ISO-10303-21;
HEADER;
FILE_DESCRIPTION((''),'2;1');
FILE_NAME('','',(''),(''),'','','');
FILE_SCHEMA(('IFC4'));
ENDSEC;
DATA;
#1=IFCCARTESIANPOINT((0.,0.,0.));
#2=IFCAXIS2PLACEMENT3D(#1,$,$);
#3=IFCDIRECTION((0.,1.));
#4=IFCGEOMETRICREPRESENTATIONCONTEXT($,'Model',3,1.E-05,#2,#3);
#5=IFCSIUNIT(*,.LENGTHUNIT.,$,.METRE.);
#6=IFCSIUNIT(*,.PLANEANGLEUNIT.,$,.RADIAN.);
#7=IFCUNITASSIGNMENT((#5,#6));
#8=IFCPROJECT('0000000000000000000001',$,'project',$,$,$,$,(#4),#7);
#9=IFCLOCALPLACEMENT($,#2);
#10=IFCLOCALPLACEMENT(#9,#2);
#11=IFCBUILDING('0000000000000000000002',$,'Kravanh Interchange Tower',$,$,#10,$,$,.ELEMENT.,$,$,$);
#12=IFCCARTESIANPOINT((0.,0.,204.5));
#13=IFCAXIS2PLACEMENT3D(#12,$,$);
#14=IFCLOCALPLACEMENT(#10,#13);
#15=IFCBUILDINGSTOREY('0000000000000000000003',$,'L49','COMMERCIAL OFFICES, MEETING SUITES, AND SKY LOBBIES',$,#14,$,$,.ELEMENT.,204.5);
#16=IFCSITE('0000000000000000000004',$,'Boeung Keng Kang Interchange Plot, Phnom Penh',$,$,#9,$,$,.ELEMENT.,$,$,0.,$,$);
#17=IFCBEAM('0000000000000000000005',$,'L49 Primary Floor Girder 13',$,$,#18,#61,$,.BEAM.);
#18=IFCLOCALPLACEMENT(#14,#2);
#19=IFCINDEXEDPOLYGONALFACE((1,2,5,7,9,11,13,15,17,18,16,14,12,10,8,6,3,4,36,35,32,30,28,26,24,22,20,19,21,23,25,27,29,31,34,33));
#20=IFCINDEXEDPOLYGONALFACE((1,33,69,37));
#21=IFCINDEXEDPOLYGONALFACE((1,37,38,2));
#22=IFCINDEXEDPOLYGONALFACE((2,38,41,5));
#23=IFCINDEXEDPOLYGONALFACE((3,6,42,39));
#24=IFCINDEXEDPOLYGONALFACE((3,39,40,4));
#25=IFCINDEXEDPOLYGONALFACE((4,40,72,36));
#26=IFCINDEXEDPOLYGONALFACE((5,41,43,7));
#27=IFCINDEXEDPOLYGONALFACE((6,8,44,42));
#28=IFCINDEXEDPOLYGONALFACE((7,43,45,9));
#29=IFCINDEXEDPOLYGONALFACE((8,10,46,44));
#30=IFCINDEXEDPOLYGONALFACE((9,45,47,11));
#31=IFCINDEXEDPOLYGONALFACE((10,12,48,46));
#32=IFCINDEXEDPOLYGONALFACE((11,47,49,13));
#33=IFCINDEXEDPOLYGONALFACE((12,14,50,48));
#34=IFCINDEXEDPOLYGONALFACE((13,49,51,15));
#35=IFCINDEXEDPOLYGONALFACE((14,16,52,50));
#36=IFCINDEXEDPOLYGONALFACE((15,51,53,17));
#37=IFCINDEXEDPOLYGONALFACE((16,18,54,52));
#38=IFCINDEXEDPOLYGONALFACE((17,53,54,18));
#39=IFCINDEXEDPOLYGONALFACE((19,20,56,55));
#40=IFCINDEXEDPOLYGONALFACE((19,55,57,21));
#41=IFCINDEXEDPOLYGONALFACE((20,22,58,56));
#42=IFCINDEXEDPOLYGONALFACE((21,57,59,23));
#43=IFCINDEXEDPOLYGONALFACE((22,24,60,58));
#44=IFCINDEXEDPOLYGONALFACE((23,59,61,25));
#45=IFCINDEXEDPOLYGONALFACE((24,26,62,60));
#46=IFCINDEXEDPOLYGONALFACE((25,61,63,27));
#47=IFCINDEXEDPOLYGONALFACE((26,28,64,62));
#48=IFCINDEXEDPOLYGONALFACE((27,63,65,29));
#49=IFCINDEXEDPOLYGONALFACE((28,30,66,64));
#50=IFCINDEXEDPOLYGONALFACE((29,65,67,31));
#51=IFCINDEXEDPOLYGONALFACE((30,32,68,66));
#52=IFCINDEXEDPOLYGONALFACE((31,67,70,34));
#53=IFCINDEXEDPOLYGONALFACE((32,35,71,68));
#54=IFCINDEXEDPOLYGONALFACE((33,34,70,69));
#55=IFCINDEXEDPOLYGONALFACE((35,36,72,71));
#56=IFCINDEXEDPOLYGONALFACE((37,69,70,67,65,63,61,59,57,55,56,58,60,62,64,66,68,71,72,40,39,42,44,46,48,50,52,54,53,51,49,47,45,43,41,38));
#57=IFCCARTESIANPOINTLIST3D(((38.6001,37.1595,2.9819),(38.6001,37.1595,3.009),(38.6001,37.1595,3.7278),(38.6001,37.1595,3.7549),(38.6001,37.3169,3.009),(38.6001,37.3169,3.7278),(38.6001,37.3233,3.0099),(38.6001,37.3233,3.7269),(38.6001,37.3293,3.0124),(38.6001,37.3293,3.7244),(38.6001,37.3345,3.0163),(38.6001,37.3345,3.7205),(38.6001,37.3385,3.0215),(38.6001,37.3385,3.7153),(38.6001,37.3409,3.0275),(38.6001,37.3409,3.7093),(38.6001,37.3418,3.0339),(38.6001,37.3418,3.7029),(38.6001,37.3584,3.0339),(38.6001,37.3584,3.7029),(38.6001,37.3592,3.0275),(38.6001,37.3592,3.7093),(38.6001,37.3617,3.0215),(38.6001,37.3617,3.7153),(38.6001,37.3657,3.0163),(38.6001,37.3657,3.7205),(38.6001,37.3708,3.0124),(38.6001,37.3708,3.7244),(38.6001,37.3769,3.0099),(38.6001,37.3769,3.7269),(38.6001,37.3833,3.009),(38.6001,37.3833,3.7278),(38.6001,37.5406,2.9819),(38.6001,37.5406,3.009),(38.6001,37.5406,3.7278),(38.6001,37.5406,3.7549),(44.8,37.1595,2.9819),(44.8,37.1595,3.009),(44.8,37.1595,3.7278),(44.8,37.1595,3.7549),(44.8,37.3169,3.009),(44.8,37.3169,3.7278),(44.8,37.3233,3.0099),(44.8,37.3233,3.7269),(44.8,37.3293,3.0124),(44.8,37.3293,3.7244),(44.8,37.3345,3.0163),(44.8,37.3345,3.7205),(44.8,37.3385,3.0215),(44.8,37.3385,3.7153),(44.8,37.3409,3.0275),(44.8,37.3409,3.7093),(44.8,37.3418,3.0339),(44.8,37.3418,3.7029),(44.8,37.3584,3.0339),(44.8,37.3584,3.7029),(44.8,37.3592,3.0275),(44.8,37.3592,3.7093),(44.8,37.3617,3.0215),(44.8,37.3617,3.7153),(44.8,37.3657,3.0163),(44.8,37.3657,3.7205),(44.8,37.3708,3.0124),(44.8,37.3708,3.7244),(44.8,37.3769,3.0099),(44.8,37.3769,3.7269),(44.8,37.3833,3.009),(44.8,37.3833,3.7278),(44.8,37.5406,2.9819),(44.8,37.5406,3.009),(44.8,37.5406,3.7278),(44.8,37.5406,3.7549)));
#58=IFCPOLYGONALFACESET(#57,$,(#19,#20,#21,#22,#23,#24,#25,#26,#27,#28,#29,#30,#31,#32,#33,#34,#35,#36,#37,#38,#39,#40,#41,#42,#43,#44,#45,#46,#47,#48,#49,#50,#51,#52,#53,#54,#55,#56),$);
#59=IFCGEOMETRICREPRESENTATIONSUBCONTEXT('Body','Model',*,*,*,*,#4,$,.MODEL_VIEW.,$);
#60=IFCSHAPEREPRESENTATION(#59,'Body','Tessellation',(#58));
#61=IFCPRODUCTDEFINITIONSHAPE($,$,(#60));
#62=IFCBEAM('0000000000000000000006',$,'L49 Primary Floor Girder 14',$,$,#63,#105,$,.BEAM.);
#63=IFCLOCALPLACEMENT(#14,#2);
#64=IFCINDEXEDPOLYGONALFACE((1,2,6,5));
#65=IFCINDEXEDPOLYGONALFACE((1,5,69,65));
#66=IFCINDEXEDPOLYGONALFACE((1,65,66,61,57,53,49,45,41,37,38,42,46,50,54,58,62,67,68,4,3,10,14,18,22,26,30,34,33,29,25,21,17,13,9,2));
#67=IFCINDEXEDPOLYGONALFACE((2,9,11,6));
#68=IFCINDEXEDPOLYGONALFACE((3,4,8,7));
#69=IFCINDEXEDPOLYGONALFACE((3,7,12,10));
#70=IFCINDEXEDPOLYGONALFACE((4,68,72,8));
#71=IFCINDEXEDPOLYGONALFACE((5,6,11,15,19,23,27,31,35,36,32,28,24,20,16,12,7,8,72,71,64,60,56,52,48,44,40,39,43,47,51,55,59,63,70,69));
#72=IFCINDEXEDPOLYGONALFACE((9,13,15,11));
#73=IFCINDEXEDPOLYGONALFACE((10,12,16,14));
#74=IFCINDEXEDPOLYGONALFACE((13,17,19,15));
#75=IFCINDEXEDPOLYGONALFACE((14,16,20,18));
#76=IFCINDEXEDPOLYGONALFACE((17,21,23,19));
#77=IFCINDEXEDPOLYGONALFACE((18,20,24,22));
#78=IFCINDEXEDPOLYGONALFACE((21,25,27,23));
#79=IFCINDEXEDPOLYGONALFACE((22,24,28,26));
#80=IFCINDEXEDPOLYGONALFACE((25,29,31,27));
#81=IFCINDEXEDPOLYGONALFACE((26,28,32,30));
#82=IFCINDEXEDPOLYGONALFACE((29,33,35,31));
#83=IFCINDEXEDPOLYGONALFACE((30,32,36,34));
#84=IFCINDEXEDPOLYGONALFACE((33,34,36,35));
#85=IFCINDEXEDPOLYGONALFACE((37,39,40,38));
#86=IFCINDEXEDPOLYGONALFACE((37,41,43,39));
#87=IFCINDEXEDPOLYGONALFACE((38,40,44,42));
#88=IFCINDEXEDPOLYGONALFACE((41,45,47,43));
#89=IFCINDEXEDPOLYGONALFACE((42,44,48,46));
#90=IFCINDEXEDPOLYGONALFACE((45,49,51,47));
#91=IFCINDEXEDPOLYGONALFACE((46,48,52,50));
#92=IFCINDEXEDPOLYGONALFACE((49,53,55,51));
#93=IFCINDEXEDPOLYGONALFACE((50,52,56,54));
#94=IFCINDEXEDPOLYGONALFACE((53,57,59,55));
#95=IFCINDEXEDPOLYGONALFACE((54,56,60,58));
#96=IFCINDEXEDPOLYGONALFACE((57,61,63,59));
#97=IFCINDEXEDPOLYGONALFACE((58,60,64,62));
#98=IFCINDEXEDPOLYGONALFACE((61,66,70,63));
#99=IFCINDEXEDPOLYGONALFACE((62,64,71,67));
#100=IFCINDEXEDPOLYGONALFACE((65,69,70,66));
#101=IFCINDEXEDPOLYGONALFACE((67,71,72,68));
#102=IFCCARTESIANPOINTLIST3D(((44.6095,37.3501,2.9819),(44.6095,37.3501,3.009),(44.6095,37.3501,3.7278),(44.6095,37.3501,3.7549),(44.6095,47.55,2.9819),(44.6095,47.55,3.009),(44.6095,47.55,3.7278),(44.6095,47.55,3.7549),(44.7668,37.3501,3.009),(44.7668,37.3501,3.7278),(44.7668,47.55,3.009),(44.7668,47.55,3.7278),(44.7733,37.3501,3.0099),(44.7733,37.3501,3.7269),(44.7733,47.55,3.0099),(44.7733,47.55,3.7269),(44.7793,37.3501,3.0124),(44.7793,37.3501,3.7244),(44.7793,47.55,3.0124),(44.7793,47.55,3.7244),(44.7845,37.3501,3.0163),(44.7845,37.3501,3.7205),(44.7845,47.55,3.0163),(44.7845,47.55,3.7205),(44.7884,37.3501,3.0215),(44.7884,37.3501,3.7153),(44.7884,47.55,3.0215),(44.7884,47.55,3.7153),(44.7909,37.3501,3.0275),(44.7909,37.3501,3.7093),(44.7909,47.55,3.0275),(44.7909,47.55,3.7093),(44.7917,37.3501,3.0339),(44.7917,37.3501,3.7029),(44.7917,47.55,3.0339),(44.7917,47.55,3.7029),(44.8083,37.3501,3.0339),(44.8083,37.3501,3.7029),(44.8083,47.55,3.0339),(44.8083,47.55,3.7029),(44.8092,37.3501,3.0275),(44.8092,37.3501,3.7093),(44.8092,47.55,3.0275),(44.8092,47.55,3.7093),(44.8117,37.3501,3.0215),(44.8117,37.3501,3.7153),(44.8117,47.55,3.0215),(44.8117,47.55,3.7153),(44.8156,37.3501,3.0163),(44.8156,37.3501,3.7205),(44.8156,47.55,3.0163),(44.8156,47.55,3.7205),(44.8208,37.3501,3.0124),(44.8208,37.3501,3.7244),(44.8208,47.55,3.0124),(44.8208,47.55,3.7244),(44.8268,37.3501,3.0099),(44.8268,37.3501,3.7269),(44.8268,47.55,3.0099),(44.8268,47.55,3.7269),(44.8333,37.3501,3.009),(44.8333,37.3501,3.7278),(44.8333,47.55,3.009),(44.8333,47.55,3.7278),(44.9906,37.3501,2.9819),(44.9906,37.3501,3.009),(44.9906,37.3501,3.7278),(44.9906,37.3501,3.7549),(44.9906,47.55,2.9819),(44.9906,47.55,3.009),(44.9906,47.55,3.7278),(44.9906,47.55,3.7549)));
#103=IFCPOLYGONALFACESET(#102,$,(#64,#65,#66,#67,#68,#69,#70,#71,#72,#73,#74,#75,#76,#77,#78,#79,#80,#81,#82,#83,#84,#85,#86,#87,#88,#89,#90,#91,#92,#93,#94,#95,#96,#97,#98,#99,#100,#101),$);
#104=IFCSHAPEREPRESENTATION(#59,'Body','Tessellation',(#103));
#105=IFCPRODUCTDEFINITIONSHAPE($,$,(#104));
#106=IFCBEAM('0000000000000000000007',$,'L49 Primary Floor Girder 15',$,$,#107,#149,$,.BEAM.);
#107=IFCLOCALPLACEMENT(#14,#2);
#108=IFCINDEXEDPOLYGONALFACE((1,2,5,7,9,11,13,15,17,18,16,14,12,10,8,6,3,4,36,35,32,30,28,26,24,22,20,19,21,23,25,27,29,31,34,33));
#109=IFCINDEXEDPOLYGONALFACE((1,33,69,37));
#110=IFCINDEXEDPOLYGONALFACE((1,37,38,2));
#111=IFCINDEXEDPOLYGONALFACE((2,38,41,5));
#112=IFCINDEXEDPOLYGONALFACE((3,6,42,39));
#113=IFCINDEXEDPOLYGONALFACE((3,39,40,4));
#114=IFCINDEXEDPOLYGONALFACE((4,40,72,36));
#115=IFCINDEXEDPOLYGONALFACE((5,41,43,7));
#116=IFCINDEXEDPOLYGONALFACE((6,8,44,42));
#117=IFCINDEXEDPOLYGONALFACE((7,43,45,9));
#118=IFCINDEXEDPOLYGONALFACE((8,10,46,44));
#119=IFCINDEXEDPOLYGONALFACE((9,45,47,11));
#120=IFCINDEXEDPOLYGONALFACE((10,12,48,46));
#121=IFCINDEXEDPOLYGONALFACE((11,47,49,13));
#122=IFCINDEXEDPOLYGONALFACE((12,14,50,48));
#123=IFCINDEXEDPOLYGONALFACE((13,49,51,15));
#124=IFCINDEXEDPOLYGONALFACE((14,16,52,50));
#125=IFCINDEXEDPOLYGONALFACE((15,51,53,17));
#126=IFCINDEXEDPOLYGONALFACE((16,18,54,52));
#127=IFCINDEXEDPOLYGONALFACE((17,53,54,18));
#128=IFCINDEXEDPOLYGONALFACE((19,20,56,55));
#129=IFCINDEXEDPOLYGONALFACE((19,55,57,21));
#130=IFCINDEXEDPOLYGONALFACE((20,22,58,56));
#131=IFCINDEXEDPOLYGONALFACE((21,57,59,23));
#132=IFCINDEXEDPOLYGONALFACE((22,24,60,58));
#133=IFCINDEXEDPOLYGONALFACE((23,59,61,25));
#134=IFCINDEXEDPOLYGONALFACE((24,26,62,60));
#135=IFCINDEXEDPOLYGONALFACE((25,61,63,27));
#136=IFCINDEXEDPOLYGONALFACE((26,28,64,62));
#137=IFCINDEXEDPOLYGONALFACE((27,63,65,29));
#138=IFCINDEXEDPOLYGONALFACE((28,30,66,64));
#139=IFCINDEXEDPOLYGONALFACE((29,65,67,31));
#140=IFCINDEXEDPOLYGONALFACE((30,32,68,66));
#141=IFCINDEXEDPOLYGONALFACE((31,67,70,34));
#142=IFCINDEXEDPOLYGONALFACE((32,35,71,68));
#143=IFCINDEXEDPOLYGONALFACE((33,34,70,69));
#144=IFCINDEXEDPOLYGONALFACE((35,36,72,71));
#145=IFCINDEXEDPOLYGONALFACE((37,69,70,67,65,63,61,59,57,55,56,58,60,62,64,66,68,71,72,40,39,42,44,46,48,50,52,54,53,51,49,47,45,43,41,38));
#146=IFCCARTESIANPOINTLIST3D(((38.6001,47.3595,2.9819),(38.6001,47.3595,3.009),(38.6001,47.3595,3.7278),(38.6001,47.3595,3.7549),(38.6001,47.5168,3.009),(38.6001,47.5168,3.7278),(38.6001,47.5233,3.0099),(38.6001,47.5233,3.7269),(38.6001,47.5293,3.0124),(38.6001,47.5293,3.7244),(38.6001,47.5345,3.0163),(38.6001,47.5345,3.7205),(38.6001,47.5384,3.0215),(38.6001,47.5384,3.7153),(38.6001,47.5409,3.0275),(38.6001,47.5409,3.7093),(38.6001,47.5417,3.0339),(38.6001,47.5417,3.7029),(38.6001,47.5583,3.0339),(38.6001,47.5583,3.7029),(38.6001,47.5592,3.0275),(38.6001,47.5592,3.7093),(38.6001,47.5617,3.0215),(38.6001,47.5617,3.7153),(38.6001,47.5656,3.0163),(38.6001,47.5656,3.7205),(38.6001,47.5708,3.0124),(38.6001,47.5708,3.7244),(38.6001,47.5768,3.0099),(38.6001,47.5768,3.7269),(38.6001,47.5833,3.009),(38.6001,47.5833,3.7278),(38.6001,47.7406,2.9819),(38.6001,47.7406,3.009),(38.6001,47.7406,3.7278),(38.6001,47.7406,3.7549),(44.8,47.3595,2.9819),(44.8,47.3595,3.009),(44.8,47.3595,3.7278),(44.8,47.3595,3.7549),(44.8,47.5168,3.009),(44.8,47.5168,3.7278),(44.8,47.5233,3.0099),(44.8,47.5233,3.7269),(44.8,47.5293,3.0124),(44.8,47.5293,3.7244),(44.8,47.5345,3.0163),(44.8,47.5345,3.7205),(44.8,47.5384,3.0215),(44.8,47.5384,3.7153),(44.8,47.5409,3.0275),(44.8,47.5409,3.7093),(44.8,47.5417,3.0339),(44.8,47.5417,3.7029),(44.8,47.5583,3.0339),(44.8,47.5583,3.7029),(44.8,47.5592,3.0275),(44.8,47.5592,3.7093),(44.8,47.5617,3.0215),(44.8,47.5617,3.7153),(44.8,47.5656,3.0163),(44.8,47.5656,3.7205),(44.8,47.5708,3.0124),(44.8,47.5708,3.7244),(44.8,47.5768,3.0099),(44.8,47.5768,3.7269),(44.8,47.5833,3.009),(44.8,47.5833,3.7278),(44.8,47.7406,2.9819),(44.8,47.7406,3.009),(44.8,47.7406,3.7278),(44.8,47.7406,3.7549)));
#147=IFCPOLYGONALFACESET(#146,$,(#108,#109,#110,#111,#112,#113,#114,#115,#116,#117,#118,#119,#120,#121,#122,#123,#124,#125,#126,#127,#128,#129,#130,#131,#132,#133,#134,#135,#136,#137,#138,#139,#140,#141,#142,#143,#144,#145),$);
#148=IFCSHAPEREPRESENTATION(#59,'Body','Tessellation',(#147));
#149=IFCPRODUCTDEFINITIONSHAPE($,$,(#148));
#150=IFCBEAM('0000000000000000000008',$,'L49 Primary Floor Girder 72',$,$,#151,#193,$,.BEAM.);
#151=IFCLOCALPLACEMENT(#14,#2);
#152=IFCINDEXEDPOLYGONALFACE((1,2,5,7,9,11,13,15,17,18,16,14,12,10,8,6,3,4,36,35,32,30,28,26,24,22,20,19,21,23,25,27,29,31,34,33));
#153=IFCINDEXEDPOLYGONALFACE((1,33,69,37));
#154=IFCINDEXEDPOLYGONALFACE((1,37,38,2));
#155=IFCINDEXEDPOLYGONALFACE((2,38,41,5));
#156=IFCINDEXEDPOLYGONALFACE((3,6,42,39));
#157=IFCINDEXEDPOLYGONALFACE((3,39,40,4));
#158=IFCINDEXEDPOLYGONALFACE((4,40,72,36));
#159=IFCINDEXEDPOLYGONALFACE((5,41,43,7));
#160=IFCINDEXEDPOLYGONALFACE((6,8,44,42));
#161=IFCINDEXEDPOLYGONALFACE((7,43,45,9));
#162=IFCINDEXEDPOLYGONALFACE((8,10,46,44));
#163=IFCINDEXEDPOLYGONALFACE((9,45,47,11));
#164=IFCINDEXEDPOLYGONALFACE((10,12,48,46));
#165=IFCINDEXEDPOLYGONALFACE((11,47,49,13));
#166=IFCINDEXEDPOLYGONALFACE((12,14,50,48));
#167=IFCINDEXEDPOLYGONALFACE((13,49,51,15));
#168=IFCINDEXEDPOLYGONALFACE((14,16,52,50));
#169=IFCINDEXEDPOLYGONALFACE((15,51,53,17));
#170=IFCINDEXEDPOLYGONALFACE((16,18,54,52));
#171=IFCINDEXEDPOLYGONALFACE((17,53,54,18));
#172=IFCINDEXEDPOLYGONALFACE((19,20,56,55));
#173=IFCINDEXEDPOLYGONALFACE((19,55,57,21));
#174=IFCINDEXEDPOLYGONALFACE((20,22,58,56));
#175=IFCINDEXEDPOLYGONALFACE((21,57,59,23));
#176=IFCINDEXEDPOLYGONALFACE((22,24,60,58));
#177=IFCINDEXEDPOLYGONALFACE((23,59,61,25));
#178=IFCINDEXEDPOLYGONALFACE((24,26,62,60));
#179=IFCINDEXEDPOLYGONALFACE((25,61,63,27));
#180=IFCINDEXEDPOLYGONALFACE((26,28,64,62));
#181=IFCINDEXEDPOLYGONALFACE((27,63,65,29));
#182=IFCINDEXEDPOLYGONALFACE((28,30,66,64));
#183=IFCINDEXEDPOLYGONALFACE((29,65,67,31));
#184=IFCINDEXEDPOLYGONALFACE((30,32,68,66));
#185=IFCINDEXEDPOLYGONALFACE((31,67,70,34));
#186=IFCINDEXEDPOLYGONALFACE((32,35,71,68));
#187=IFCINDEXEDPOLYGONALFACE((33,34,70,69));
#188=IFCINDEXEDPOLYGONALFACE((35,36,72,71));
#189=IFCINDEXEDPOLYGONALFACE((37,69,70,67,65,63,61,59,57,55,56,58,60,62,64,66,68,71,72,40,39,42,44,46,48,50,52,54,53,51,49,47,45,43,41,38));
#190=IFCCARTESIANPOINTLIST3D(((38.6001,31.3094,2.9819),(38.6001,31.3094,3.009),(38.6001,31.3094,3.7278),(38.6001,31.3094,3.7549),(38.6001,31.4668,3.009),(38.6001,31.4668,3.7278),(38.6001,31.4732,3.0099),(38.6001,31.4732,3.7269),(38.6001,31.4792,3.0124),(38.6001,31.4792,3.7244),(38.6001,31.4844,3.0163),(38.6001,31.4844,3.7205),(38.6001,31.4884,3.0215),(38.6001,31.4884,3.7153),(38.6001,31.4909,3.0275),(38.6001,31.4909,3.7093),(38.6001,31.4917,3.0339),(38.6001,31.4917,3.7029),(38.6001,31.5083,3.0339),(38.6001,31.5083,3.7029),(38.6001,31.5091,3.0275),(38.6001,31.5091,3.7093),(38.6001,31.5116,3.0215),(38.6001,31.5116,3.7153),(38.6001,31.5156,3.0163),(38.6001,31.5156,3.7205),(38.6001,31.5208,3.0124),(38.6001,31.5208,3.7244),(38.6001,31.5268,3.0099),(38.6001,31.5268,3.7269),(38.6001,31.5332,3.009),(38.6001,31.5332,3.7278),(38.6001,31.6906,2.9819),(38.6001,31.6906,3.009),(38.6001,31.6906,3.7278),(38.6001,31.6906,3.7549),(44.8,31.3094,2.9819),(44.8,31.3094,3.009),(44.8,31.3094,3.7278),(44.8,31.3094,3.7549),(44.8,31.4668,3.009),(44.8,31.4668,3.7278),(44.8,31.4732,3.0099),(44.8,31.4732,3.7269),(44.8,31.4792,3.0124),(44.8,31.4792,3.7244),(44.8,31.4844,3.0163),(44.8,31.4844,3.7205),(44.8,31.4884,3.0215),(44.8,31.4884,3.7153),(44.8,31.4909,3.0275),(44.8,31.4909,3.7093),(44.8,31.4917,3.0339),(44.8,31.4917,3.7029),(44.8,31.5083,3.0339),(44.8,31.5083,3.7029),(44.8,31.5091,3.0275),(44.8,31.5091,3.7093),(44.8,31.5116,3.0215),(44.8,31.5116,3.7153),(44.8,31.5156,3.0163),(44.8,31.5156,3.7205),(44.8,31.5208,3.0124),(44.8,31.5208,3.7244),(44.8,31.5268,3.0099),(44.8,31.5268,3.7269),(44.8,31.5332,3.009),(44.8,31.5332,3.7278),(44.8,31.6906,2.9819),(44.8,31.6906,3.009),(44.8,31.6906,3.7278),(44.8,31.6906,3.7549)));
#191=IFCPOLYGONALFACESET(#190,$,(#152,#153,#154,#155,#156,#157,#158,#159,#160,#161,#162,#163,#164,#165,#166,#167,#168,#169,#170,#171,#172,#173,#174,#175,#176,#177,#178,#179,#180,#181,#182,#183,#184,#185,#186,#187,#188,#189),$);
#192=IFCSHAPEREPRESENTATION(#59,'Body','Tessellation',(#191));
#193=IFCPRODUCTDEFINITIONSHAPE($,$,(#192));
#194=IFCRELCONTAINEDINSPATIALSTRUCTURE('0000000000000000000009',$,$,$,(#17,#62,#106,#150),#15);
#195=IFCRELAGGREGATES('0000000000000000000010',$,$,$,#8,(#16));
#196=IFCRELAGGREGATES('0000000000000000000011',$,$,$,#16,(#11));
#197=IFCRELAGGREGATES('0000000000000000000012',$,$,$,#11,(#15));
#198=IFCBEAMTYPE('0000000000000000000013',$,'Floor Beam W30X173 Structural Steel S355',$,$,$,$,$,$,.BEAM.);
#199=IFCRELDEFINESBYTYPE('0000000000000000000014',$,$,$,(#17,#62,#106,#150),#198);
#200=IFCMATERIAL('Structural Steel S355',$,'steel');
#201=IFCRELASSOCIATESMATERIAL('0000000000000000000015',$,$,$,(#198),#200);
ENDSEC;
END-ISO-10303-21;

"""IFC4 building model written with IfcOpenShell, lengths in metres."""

from ifc_helpers import new_model, si_unit, direction, frame, origin, origin_2d, place, context, subcontext, project, spatial, i_section, extrude, material, material_profile, profile_set, type_object, element, save


model = new_model("IFC4")

# Units and contexts
model_context = context("Model", 3, precision=1e-05, world=origin(), true_north=direction((0.0, 1.0)))
body_context = subcontext(model_context, "Body", "Model", "MODEL_VIEW")
ifc_project = project(units=[si_unit("LENGTHUNIT", "METRE"), si_unit("PLANEANGLEUNIT", "RADIAN")], contexts=[model_context])

# Site, building, storey
site_placement = place(None, origin())
site = spatial("IfcSite", under=ifc_project, at=site_placement, Name="Boeung Keng Kang Interchange Plot, Phnom Penh", CompositionType="ELEMENT", RefElevation=0.0)
building_placement = place(site_placement, origin())
building = spatial("IfcBuilding", under=site, at=building_placement, Name="Kravanh Interchange Tower", CompositionType="ELEMENT")
storey_placement = place(building_placement, frame((0.0, 0.0, 204.5)))
storey = spatial("IfcBuildingStorey", under=building, at=storey_placement, Name="L49", Description="COMMERCIAL OFFICES, MEETING SUITES, AND SKY LOBBIES", CompositionType="ELEMENT", Elevation=204.5)

# Beams
ifc_material_1 = material(Name="Structural Steel S355", Category="steel")
ifc_material_profile_1 = material_profile(ifc_material_1, i_section(OverallWidth=0.3811, OverallDepth=0.7729, WebThickness=0.0166, FlangeThickness=0.0271, FilletRadius=0.0249, at=origin_2d()), Name="W30X173")
ifc_profile_set_1 = profile_set([ifc_material_profile_1], Name="Structural Steel S355")
beam_type_1 = type_object("IfcBeamType", Name="Floor Beam W30X173 Structural Steel S355", PredefinedType="BEAM", material=ifc_profile_set_1)
beam_1_placement = place(storey_placement, frame((44.8, 37.3501, 3.3684), z_axis=(-1.0, 0.0, 0.0), x_axis=(0.0, -1.0, 0.0)))
element("IfcBeam", 1, at=beam_1_placement, inside=storey, type_object=beam_type_1, Name="L49 Primary Floor Girder 13", PredefinedType="BEAM", context=body_context, shape_type="SweptSolid", body=[
    extrude(i_section(OverallWidth=0.3811, OverallDepth=0.7729, WebThickness=0.0166, FlangeThickness=0.0271, FilletRadius=0.0249, at=origin_2d()), origin(), (0.0, 0.0, 1.0), 6.2),
])
beam_2_placement = place(storey_placement, frame((44.8, 37.3501, 3.3684), z_axis=(0.0, 1.0, 0.0), x_axis=(-1.0, 0.0, 0.0)))
element("IfcBeam", 2, at=beam_2_placement, inside=storey, type_object=beam_type_1, Name="L49 Primary Floor Girder 14", PredefinedType="BEAM", context=body_context, shape_type="SweptSolid", body=[
    extrude(i_section(OverallWidth=0.3811, OverallDepth=0.7729, WebThickness=0.0166, FlangeThickness=0.0271, FilletRadius=0.0249, at=origin_2d()), origin(), (0.0, 0.0, 1.0), 10.2),
])
for number, where, z_axis, x_axis, name in (
    (3, (44.8, 47.55, 3.3684), (-1.0, 0.0, 0.0), (0.0, -1.0, 0.0), "L49 Primary Floor Girder 15"),
    (4, (38.6001, 31.5, 3.3684), (1.0, 0.0, 0.0), (0.0, 1.0, 0.0), "L49 Primary Floor Girder 72"),
):
    element("IfcBeam", number, at=place(storey_placement, frame(where, z_axis=z_axis, x_axis=x_axis)), inside=storey, type_object=beam_type_1, Name=name, PredefinedType="BEAM", context=body_context, shape_type="SweptSolid", body=[
        extrude(i_section(OverallWidth=0.3811, OverallDepth=0.7729, WebThickness=0.0166, FlangeThickness=0.0271, FilletRadius=0.0249, at=origin_2d()), origin(), (0.0, 0.0, 1.0), 6.2),
    ])

save(model, "model.ifc")
